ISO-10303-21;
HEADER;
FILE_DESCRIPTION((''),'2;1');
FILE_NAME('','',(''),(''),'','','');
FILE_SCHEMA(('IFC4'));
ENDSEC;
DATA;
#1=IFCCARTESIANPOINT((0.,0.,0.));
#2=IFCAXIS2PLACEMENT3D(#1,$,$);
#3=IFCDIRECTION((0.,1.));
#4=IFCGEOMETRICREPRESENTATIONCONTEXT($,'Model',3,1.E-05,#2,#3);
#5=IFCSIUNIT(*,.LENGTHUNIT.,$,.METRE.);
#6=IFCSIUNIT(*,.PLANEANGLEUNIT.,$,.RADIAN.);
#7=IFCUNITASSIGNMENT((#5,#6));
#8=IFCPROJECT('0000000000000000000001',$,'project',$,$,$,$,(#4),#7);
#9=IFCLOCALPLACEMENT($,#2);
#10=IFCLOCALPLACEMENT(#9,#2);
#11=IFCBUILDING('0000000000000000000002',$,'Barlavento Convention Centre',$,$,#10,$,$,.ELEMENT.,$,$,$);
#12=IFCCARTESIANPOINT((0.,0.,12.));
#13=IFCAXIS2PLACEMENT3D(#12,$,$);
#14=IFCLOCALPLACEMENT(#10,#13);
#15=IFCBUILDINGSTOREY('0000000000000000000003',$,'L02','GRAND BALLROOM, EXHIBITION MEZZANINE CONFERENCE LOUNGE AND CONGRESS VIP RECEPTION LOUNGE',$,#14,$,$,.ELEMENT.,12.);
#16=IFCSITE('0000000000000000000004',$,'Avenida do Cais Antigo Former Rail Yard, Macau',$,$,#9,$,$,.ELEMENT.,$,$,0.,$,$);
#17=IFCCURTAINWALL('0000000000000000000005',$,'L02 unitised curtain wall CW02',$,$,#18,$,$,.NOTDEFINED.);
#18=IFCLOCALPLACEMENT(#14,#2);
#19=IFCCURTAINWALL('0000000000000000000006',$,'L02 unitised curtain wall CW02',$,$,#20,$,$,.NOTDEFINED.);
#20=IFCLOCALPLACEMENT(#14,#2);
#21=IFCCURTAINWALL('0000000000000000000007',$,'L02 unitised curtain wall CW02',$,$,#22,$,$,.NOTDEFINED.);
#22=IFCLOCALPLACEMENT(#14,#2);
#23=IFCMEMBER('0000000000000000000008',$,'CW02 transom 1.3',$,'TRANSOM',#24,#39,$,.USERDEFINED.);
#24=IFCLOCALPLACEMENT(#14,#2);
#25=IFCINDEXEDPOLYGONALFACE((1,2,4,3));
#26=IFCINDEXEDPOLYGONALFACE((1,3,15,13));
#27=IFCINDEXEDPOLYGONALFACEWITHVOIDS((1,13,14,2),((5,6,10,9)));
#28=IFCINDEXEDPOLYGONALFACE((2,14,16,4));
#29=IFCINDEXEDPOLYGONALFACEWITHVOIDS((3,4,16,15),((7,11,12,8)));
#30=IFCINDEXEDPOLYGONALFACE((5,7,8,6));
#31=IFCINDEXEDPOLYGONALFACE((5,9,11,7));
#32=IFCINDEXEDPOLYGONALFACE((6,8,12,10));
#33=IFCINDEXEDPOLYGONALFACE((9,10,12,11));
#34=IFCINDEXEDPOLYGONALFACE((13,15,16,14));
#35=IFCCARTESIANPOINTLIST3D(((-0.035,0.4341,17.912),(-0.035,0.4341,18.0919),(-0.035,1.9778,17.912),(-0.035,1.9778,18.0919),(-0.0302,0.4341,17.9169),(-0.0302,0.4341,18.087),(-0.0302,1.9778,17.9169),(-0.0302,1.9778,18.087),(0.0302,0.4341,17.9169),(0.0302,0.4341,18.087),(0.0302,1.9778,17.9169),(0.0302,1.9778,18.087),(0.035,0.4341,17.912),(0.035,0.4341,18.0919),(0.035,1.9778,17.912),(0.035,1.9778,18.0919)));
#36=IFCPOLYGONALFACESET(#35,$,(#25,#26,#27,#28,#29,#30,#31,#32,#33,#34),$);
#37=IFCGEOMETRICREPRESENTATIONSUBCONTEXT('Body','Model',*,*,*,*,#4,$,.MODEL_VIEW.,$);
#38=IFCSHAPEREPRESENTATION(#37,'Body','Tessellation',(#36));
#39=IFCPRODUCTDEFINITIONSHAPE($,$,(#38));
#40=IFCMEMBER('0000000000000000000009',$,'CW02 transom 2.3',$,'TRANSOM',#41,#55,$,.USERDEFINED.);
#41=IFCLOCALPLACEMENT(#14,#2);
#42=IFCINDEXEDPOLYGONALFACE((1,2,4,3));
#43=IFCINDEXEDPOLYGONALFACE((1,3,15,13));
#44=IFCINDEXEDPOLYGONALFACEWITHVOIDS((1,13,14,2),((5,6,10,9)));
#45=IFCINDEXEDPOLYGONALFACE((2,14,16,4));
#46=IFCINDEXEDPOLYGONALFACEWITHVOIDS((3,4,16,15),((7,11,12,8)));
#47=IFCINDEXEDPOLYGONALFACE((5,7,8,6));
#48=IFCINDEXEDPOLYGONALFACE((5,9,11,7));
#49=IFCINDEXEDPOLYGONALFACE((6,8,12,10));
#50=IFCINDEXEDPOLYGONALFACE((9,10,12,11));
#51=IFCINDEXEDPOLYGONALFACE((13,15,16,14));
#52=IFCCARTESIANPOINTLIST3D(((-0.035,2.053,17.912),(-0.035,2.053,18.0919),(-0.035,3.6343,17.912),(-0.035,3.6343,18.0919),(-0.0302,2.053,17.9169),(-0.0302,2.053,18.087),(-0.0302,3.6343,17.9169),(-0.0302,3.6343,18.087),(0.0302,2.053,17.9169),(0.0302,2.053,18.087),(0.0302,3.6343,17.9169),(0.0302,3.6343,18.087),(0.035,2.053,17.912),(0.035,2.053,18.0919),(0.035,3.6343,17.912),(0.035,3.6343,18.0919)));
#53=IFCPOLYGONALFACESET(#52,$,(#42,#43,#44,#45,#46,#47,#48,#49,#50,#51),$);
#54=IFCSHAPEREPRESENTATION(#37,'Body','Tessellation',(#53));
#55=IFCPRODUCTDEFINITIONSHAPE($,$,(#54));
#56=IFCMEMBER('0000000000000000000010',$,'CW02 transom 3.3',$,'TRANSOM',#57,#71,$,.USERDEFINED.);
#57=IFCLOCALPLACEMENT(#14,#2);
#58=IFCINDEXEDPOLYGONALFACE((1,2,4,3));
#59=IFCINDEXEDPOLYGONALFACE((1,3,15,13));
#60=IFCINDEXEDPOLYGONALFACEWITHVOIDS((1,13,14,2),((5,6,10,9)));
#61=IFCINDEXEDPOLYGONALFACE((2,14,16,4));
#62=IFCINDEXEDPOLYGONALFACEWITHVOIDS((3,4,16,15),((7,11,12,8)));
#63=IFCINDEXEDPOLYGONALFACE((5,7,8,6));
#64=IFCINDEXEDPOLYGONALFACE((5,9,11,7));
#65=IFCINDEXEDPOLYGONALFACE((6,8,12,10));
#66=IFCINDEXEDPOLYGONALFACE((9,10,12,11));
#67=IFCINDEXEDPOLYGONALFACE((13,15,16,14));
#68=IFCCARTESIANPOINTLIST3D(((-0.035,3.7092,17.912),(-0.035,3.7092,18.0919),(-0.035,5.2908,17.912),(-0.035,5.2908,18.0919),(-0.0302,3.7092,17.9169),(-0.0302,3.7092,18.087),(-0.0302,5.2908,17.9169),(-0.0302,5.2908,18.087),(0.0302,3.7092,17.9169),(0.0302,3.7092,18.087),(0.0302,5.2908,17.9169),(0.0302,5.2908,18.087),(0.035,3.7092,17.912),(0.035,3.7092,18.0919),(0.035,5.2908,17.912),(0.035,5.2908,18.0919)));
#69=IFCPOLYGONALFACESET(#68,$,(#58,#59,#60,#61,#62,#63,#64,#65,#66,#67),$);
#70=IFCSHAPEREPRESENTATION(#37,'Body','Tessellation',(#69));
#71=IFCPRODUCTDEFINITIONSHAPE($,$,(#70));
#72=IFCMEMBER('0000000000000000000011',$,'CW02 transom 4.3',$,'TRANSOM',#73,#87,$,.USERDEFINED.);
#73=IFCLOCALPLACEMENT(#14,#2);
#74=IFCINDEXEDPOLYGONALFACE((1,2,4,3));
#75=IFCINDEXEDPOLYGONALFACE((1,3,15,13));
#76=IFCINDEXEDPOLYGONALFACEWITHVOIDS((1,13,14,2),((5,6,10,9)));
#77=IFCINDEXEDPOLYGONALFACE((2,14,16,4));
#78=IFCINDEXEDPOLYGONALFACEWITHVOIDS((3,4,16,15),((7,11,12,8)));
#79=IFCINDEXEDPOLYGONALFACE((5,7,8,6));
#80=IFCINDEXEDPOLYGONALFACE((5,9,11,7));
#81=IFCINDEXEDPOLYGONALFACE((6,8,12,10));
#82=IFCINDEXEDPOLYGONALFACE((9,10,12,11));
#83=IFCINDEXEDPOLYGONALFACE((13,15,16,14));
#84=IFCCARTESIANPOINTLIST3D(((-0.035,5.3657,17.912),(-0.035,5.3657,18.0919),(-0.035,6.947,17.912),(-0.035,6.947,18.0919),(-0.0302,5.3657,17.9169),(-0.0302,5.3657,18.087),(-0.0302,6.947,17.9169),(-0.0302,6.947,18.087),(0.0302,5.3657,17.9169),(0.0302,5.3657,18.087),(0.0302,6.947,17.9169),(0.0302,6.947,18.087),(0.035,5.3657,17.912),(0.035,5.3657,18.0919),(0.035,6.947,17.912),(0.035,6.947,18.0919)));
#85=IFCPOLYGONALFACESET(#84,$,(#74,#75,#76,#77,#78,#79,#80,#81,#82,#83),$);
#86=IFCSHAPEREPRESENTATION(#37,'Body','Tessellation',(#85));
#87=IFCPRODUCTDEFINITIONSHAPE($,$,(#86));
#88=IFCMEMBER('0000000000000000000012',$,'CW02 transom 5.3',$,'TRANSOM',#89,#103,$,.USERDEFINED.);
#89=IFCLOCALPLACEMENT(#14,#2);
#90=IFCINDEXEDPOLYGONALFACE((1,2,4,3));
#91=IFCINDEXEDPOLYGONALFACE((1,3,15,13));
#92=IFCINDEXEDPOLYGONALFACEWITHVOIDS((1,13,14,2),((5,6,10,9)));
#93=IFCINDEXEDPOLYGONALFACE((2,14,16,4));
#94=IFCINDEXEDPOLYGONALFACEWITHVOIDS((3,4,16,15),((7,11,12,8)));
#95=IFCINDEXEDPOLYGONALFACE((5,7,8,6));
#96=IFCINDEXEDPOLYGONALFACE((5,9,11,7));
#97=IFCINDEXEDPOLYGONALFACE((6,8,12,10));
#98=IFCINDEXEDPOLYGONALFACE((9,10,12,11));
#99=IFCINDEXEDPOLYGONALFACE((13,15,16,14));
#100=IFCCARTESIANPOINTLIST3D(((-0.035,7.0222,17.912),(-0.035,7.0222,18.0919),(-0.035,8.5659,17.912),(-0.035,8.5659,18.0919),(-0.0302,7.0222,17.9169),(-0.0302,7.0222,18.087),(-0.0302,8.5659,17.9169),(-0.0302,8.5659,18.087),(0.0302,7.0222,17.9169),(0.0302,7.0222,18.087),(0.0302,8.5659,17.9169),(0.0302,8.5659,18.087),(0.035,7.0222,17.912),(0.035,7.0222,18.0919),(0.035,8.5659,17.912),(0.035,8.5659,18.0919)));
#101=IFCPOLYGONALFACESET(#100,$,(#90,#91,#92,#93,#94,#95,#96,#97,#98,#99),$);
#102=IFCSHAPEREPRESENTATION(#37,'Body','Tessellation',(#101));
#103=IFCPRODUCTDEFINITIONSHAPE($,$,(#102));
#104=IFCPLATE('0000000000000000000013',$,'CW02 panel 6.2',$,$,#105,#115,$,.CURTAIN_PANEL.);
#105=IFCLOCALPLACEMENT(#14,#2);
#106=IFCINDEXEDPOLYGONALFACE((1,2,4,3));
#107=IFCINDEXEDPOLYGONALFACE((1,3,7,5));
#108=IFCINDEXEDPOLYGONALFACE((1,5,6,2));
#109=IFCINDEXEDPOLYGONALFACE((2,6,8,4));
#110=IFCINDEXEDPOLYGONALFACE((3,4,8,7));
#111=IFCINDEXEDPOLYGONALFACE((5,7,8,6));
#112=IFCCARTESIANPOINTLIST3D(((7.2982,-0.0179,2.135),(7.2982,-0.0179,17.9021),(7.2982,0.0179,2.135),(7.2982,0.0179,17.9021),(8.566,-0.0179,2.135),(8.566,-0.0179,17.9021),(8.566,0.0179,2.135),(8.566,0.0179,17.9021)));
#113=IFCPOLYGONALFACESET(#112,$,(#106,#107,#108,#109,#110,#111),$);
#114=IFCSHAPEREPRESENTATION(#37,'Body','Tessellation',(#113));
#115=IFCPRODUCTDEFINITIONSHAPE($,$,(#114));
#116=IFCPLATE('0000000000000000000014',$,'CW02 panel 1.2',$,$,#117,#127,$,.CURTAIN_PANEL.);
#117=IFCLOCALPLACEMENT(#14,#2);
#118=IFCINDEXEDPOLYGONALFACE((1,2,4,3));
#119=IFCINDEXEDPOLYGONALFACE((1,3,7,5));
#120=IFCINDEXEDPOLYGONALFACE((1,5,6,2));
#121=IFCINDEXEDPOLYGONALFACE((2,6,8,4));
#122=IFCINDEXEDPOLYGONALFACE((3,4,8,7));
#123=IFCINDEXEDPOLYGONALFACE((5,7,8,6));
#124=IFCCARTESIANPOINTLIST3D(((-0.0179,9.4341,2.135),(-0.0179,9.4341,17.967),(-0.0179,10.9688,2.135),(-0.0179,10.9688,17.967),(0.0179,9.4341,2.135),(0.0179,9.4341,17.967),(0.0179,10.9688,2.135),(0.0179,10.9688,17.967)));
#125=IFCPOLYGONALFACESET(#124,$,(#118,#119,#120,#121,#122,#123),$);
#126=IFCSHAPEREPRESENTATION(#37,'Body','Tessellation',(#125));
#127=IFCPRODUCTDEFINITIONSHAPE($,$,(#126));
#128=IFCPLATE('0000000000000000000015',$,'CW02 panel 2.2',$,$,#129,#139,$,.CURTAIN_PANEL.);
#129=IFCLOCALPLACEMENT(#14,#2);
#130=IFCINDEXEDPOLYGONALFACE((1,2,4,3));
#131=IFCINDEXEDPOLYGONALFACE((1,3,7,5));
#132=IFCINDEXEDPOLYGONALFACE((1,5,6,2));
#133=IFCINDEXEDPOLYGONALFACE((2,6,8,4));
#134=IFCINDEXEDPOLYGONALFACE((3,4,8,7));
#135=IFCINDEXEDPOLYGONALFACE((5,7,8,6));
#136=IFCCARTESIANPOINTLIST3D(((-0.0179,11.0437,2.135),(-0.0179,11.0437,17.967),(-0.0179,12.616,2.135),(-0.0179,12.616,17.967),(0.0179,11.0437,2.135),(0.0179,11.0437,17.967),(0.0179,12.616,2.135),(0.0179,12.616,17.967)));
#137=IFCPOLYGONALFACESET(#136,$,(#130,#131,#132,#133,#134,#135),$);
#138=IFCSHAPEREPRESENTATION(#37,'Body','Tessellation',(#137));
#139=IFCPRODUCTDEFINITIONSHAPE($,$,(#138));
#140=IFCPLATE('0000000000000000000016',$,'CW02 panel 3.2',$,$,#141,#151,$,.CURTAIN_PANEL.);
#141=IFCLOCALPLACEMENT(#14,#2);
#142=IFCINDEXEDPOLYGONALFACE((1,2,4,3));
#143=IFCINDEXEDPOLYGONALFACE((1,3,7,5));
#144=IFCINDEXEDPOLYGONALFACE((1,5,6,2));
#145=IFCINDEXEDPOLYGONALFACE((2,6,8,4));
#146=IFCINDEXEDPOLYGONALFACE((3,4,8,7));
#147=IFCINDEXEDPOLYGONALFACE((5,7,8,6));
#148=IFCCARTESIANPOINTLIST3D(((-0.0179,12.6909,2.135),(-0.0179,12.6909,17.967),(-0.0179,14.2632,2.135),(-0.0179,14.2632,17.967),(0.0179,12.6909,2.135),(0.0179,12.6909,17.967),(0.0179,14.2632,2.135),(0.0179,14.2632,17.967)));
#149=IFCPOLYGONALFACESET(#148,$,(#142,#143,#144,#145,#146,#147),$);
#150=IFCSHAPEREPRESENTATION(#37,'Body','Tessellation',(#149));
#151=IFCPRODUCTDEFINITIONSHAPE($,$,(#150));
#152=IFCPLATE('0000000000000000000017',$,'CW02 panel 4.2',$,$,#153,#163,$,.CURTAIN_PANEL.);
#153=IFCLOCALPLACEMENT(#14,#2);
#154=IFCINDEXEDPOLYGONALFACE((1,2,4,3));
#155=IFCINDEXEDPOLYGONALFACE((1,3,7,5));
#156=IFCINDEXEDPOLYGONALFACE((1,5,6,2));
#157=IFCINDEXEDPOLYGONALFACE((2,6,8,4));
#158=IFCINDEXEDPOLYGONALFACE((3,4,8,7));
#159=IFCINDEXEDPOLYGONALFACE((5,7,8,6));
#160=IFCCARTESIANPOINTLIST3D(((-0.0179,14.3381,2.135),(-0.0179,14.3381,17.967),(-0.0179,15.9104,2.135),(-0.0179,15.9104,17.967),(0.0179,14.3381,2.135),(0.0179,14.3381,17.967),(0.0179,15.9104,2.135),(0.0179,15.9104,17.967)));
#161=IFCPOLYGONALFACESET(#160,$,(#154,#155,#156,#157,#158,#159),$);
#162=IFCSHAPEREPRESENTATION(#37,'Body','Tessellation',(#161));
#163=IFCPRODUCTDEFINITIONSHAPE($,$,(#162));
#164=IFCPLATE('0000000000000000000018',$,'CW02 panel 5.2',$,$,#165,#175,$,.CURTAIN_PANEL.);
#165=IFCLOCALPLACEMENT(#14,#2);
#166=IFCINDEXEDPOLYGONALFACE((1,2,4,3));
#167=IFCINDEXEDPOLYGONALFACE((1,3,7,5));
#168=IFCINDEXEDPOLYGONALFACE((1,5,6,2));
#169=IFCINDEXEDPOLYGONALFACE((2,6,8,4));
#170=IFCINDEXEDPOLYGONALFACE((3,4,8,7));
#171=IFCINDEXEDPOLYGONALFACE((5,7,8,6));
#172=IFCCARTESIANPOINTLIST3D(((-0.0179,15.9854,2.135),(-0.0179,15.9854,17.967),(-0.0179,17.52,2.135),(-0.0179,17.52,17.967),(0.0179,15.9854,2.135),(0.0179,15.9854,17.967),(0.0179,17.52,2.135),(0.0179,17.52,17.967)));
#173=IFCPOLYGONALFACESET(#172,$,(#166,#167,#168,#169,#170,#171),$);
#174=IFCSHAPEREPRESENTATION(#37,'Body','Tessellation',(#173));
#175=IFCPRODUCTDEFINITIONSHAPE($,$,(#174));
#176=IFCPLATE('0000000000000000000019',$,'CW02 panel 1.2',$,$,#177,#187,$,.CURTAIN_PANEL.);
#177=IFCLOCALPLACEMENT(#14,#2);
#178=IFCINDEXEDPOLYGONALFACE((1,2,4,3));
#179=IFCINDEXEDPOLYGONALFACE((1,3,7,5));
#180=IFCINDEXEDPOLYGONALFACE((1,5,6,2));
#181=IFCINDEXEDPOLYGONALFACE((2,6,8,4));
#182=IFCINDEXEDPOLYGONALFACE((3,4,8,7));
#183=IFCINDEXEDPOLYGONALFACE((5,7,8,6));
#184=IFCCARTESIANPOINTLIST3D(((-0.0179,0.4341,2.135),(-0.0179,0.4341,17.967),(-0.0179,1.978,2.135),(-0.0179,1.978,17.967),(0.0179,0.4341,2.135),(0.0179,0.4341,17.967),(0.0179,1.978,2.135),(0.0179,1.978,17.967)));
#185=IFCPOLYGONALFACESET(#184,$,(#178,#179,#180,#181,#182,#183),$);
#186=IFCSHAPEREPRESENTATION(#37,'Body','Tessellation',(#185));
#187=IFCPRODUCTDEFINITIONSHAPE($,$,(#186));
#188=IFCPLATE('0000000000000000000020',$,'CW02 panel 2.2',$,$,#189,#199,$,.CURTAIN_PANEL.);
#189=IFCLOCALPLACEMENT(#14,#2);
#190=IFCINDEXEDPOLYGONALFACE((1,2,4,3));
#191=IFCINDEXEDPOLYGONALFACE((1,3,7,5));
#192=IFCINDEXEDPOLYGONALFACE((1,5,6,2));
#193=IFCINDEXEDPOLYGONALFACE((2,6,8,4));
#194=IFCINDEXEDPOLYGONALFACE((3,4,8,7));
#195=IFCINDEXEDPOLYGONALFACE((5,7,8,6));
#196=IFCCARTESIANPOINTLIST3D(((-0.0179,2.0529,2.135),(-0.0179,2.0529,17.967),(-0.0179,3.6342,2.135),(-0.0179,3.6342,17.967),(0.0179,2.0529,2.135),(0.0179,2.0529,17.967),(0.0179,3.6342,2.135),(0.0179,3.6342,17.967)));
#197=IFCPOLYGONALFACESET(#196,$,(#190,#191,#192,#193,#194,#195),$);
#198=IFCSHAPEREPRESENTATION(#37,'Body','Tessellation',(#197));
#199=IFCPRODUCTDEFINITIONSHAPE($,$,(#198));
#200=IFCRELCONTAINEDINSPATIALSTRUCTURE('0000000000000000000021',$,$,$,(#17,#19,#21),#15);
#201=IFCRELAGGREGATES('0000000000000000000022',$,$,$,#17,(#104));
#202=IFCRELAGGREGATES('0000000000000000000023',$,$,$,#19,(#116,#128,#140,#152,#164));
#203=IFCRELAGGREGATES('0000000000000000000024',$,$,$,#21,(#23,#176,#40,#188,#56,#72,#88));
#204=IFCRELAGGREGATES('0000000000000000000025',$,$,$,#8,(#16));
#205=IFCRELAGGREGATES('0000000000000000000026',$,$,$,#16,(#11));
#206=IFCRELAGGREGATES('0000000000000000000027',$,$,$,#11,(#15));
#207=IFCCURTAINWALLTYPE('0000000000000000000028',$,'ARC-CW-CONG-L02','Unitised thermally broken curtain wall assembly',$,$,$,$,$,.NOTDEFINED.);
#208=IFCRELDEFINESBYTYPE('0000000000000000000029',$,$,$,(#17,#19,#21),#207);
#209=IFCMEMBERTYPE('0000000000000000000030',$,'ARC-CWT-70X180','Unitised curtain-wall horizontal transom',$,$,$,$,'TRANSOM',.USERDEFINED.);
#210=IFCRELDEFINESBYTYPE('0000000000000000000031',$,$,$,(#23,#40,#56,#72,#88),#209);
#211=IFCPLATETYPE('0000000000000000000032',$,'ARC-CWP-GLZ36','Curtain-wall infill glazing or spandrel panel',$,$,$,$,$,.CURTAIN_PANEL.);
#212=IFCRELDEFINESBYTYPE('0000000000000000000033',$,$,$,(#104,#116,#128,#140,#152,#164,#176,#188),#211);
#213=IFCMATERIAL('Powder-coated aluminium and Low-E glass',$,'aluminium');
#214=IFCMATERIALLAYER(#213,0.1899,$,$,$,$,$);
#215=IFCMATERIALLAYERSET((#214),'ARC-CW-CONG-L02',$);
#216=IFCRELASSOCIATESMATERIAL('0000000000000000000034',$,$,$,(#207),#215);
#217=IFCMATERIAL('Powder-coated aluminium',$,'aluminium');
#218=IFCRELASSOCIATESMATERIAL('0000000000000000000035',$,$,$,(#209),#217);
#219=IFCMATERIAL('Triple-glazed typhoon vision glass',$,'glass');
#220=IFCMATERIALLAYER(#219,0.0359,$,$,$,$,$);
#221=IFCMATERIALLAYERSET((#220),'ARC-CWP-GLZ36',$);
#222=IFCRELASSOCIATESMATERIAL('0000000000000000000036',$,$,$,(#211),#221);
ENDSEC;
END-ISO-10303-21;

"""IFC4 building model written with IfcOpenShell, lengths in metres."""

from ifc_helpers import new_model, si_unit, direction, frame, origin, origin_2d, place, context, subcontext, project, spatial, rectangle, hollow_rectangle, extrude, material, layer, layer_set, material_profile, profile_set, type_object, element, aggregate, save


model = new_model("IFC4")

# Units and contexts
model_context = context("Model", 3, precision=1e-05, world=origin(), true_north=direction((0.0, 1.0)))
body_context = subcontext(model_context, "Body", "Model", "MODEL_VIEW")
ifc_project = project(units=[si_unit("LENGTHUNIT", "METRE"), si_unit("PLANEANGLEUNIT", "RADIAN")], contexts=[model_context])

# Site, building, storey
site_placement = place(None, origin())
site = spatial("IfcSite", under=ifc_project, at=site_placement, Name="Avenida do Cais Antigo Former Rail Yard, Macau", CompositionType="ELEMENT", RefElevation=0.0)
building_placement = place(site_placement, origin())
building = spatial("IfcBuilding", under=site, at=building_placement, Name="Barlavento Convention Centre", CompositionType="ELEMENT")
storey_placement = place(building_placement, frame((0.0, 0.0, 12.0)))
storey = spatial("IfcBuildingStorey", under=building, at=storey_placement, Name="L02", Description="GRAND BALLROOM, EXHIBITION MEZZANINE CONFERENCE LOUNGE AND CONGRESS VIP RECEPTION LOUNGE", CompositionType="ELEMENT", Elevation=12.0)

# Curtain walls, members
ifc_material_1 = material(Name="Powder-coated aluminium and Low-E glass", Category="aluminium")
ifc_layer_1 = layer(ifc_material_1, 0.1899)
ifc_layer_set_1 = layer_set([ifc_layer_1], Name="ARC-CW-CONG-L02")
curtain_wall_type = type_object("IfcCurtainWallType", Name="ARC-CW-CONG-L02", Description="Unitised thermally broken curtain wall assembly", PredefinedType="NOTDEFINED", material=ifc_layer_set_1)
curtain_wall_1_placement = place(storey_placement, origin())
curtain_wall_1 = element("IfcCurtainWall", 1, at=curtain_wall_1_placement, inside=storey, type_object=curtain_wall_type, Name="L02 unitised curtain wall CW02", PredefinedType="NOTDEFINED")
ifc_material_2 = material(Name="Powder-coated aluminium", Category="aluminium")
ifc_material_profile = material_profile(ifc_material_2, hollow_rectangle(XDim=0.0701, YDim=0.1799, WallThickness=0.0049, at=origin_2d()), Name="AL-TRAN 70x180x5")
ifc_profile_set = profile_set([ifc_material_profile], Name="Powder-coated aluminium")
member_type = type_object("IfcMemberType", Name="ARC-CWT-70X180", Description="Unitised curtain-wall horizontal transom", ElementType="TRANSOM", PredefinedType="USERDEFINED", material=ifc_profile_set)
curtain_wall_2_placement = place(storey_placement, origin())
curtain_wall_2 = element("IfcCurtainWall", 2, at=curtain_wall_2_placement, inside=storey, type_object=curtain_wall_type, Name="L02 unitised curtain wall CW02", PredefinedType="NOTDEFINED")
curtain_wall_3_placement = place(storey_placement, origin())
curtain_wall_3 = element("IfcCurtainWall", 3, at=curtain_wall_3_placement, inside=storey, type_object=curtain_wall_type, Name="L02 unitised curtain wall CW02", PredefinedType="NOTDEFINED")
member_1_placement = place(storey_placement, frame((0.0, 0.4341, 18.002), z_axis=(0.0, 1.0, 0.0), x_axis=(-1.0, 0.0, 0.0)))
member_1 = element("IfcMember", 4, at=member_1_placement, type_object=member_type, Name="CW02 transom 1.3", ObjectType="TRANSOM", PredefinedType="USERDEFINED", context=body_context, shape_type="SweptSolid", body=[
    extrude(hollow_rectangle(XDim=0.0701, YDim=0.1799, WallThickness=0.0049, at=origin_2d()), origin(), (0.0, 0.0, 1.0), 1.5437),
])
member_2_placement = place(storey_placement, frame((0.0, 2.053, 18.002), z_axis=(0.0, 1.0, 0.0), x_axis=(-1.0, 0.0, 0.0)))
member_2 = element("IfcMember", 5, at=member_2_placement, type_object=member_type, Name="CW02 transom 2.3", ObjectType="TRANSOM", PredefinedType="USERDEFINED", context=body_context, shape_type="SweptSolid", body=[
    extrude(hollow_rectangle(XDim=0.0701, YDim=0.1799, WallThickness=0.0049, at=origin_2d()), origin(), (0.0, 0.0, 1.0), 1.5813),
])
member_3_placement = place(storey_placement, frame((0.0, 3.7092, 18.002), z_axis=(0.0, 1.0, 0.0), x_axis=(-1.0, 0.0, 0.0)))
member_3 = element("IfcMember", 6, at=member_3_placement, type_object=member_type, Name="CW02 transom 3.3", ObjectType="TRANSOM", PredefinedType="USERDEFINED", context=body_context, shape_type="SweptSolid", body=[
    extrude(hollow_rectangle(XDim=0.0701, YDim=0.1799, WallThickness=0.0049, at=origin_2d()), origin(), (0.0, 0.0, 1.0), 1.5815),
])
member_4_placement = place(storey_placement, frame((0.0, 5.3657, 18.002), z_axis=(0.0, 1.0, 0.0), x_axis=(-1.0, 0.0, 0.0)))
member_4 = element("IfcMember", 7, at=member_4_placement, type_object=member_type, Name="CW02 transom 4.3", ObjectType="TRANSOM", PredefinedType="USERDEFINED", context=body_context, shape_type="SweptSolid", body=[
    extrude(hollow_rectangle(XDim=0.0701, YDim=0.1799, WallThickness=0.0049, at=origin_2d()), origin(), (0.0, 0.0, 1.0), 1.5813),
])
member_5_placement = place(storey_placement, frame((0.0, 7.0222, 18.002), z_axis=(0.0, 1.0, 0.0), x_axis=(-1.0, 0.0, 0.0)))
member_5 = element("IfcMember", 8, at=member_5_placement, type_object=member_type, Name="CW02 transom 5.3", ObjectType="TRANSOM", PredefinedType="USERDEFINED", context=body_context, shape_type="SweptSolid", body=[
    extrude(hollow_rectangle(XDim=0.0701, YDim=0.1799, WallThickness=0.0049, at=origin_2d()), origin(), (0.0, 0.0, 1.0), 1.5437),
])

# Plates
ifc_material_3 = material(Name="Triple-glazed typhoon vision glass", Category="glass")
ifc_layer_2 = layer(ifc_material_3, 0.0359)
ifc_layer_set_2 = layer_set([ifc_layer_2], Name="ARC-CWP-GLZ36")
plate_type_1 = type_object("IfcPlateType", Name="ARC-CWP-GLZ36", Description="Curtain-wall infill glazing or spandrel panel", PredefinedType="CURTAIN_PANEL", material=ifc_layer_set_2)
plate_1_placement = place(storey_placement, frame((7.9321, 0.0, 2.135), z_axis=(0.0, 0.0, 1.0), x_axis=(1.0, 0.0, 0.0)))
plate_1 = element("IfcPlate", 9, at=plate_1_placement, type_object=plate_type_1, Name="CW02 panel 6.2", PredefinedType="CURTAIN_PANEL", context=body_context, shape_type="SweptSolid", body=[
    extrude(rectangle(XDim=1.2678, YDim=0.0359, at=origin_2d()), origin(), (0.0, 0.0, 1.0), 15.7671),
])
aggregate(curtain_wall_1, [plate_1])
plate_2_placement = place(storey_placement, frame((0.0, 10.2014, 2.135), z_axis=(0.0, 0.0, 1.0), x_axis=(0.0, 1.0, 0.0)))
plate_2 = element("IfcPlate", 10, at=plate_2_placement, type_object=plate_type_1, Name="CW02 panel 1.2", PredefinedType="CURTAIN_PANEL", context=body_context, shape_type="SweptSolid", body=[
    extrude(rectangle(XDim=1.5347, YDim=0.0359, at=origin_2d()), origin(), (0.0, 0.0, 1.0), 15.832),
])
plate_3_placement = place(storey_placement, frame((0.0, 11.8298, 2.135), z_axis=(0.0, 0.0, 1.0), x_axis=(0.0, 1.0, 0.0)))
plate_3 = element("IfcPlate", 11, at=plate_3_placement, type_object=plate_type_1, Name="CW02 panel 2.2", PredefinedType="CURTAIN_PANEL", context=body_context, shape_type="SweptSolid", body=[
    extrude(rectangle(XDim=1.5723, YDim=0.0359, at=origin_2d()), origin(), (0.0, 0.0, 1.0), 15.832),
])
plate_4_placement = place(storey_placement, frame((0.0, 13.4771, 2.135), z_axis=(0.0, 0.0, 1.0), x_axis=(0.0, 1.0, 0.0)))
plate_4 = element("IfcPlate", 12, at=plate_4_placement, type_object=plate_type_1, Name="CW02 panel 3.2", PredefinedType="CURTAIN_PANEL", context=body_context, shape_type="SweptSolid", body=[
    extrude(rectangle(XDim=1.5723, YDim=0.0359, at=origin_2d()), origin(), (0.0, 0.0, 1.0), 15.832),
])
plate_5_placement = place(storey_placement, frame((0.0, 15.1243, 2.135), z_axis=(0.0, 0.0, 1.0), x_axis=(0.0, 1.0, 0.0)))
plate_5 = element("IfcPlate", 13, at=plate_5_placement, type_object=plate_type_1, Name="CW02 panel 4.2", PredefinedType="CURTAIN_PANEL", context=body_context, shape_type="SweptSolid", body=[
    extrude(rectangle(XDim=1.5723, YDim=0.0359, at=origin_2d()), origin(), (0.0, 0.0, 1.0), 15.832),
])
plate_6_placement = place(storey_placement, frame((0.0, 16.7527, 2.135), z_axis=(0.0, 0.0, 1.0), x_axis=(0.0, 1.0, 0.0)))
plate_6 = element("IfcPlate", 14, at=plate_6_placement, type_object=plate_type_1, Name="CW02 panel 5.2", PredefinedType="CURTAIN_PANEL", context=body_context, shape_type="SweptSolid", body=[
    extrude(rectangle(XDim=1.5347, YDim=0.0359, at=origin_2d()), origin(), (0.0, 0.0, 1.0), 15.832),
])
aggregate(curtain_wall_2, [plate_2, plate_3, plate_4, plate_5, plate_6])
plate_7_placement = place(storey_placement, frame((0.0, 1.2061, 2.135), z_axis=(0.0, 0.0, 1.0), x_axis=(0.0, 1.0, 0.0)))
plate_7 = element("IfcPlate", 15, at=plate_7_placement, type_object=plate_type_1, Name="CW02 panel 1.2", PredefinedType="CURTAIN_PANEL", context=body_context, shape_type="SweptSolid", body=[
    extrude(rectangle(XDim=1.5439, YDim=0.0359, at=origin_2d()), origin(), (0.0, 0.0, 1.0), 15.832),
])
plate_8_placement = place(storey_placement, frame((0.0, 2.8435, 2.135), z_axis=(0.0, 0.0, 1.0), x_axis=(0.0, 1.0, 0.0)))
plate_8 = element("IfcPlate", 16, at=plate_8_placement, type_object=plate_type_1, Name="CW02 panel 2.2", PredefinedType="CURTAIN_PANEL", context=body_context, shape_type="SweptSolid", body=[
    extrude(rectangle(XDim=1.5813, YDim=0.0359, at=origin_2d()), origin(), (0.0, 0.0, 1.0), 15.832),
])
aggregate(curtain_wall_3, [member_1, plate_7, member_2, plate_8, member_3, member_4, member_5])

save(model, "model.ifc")
